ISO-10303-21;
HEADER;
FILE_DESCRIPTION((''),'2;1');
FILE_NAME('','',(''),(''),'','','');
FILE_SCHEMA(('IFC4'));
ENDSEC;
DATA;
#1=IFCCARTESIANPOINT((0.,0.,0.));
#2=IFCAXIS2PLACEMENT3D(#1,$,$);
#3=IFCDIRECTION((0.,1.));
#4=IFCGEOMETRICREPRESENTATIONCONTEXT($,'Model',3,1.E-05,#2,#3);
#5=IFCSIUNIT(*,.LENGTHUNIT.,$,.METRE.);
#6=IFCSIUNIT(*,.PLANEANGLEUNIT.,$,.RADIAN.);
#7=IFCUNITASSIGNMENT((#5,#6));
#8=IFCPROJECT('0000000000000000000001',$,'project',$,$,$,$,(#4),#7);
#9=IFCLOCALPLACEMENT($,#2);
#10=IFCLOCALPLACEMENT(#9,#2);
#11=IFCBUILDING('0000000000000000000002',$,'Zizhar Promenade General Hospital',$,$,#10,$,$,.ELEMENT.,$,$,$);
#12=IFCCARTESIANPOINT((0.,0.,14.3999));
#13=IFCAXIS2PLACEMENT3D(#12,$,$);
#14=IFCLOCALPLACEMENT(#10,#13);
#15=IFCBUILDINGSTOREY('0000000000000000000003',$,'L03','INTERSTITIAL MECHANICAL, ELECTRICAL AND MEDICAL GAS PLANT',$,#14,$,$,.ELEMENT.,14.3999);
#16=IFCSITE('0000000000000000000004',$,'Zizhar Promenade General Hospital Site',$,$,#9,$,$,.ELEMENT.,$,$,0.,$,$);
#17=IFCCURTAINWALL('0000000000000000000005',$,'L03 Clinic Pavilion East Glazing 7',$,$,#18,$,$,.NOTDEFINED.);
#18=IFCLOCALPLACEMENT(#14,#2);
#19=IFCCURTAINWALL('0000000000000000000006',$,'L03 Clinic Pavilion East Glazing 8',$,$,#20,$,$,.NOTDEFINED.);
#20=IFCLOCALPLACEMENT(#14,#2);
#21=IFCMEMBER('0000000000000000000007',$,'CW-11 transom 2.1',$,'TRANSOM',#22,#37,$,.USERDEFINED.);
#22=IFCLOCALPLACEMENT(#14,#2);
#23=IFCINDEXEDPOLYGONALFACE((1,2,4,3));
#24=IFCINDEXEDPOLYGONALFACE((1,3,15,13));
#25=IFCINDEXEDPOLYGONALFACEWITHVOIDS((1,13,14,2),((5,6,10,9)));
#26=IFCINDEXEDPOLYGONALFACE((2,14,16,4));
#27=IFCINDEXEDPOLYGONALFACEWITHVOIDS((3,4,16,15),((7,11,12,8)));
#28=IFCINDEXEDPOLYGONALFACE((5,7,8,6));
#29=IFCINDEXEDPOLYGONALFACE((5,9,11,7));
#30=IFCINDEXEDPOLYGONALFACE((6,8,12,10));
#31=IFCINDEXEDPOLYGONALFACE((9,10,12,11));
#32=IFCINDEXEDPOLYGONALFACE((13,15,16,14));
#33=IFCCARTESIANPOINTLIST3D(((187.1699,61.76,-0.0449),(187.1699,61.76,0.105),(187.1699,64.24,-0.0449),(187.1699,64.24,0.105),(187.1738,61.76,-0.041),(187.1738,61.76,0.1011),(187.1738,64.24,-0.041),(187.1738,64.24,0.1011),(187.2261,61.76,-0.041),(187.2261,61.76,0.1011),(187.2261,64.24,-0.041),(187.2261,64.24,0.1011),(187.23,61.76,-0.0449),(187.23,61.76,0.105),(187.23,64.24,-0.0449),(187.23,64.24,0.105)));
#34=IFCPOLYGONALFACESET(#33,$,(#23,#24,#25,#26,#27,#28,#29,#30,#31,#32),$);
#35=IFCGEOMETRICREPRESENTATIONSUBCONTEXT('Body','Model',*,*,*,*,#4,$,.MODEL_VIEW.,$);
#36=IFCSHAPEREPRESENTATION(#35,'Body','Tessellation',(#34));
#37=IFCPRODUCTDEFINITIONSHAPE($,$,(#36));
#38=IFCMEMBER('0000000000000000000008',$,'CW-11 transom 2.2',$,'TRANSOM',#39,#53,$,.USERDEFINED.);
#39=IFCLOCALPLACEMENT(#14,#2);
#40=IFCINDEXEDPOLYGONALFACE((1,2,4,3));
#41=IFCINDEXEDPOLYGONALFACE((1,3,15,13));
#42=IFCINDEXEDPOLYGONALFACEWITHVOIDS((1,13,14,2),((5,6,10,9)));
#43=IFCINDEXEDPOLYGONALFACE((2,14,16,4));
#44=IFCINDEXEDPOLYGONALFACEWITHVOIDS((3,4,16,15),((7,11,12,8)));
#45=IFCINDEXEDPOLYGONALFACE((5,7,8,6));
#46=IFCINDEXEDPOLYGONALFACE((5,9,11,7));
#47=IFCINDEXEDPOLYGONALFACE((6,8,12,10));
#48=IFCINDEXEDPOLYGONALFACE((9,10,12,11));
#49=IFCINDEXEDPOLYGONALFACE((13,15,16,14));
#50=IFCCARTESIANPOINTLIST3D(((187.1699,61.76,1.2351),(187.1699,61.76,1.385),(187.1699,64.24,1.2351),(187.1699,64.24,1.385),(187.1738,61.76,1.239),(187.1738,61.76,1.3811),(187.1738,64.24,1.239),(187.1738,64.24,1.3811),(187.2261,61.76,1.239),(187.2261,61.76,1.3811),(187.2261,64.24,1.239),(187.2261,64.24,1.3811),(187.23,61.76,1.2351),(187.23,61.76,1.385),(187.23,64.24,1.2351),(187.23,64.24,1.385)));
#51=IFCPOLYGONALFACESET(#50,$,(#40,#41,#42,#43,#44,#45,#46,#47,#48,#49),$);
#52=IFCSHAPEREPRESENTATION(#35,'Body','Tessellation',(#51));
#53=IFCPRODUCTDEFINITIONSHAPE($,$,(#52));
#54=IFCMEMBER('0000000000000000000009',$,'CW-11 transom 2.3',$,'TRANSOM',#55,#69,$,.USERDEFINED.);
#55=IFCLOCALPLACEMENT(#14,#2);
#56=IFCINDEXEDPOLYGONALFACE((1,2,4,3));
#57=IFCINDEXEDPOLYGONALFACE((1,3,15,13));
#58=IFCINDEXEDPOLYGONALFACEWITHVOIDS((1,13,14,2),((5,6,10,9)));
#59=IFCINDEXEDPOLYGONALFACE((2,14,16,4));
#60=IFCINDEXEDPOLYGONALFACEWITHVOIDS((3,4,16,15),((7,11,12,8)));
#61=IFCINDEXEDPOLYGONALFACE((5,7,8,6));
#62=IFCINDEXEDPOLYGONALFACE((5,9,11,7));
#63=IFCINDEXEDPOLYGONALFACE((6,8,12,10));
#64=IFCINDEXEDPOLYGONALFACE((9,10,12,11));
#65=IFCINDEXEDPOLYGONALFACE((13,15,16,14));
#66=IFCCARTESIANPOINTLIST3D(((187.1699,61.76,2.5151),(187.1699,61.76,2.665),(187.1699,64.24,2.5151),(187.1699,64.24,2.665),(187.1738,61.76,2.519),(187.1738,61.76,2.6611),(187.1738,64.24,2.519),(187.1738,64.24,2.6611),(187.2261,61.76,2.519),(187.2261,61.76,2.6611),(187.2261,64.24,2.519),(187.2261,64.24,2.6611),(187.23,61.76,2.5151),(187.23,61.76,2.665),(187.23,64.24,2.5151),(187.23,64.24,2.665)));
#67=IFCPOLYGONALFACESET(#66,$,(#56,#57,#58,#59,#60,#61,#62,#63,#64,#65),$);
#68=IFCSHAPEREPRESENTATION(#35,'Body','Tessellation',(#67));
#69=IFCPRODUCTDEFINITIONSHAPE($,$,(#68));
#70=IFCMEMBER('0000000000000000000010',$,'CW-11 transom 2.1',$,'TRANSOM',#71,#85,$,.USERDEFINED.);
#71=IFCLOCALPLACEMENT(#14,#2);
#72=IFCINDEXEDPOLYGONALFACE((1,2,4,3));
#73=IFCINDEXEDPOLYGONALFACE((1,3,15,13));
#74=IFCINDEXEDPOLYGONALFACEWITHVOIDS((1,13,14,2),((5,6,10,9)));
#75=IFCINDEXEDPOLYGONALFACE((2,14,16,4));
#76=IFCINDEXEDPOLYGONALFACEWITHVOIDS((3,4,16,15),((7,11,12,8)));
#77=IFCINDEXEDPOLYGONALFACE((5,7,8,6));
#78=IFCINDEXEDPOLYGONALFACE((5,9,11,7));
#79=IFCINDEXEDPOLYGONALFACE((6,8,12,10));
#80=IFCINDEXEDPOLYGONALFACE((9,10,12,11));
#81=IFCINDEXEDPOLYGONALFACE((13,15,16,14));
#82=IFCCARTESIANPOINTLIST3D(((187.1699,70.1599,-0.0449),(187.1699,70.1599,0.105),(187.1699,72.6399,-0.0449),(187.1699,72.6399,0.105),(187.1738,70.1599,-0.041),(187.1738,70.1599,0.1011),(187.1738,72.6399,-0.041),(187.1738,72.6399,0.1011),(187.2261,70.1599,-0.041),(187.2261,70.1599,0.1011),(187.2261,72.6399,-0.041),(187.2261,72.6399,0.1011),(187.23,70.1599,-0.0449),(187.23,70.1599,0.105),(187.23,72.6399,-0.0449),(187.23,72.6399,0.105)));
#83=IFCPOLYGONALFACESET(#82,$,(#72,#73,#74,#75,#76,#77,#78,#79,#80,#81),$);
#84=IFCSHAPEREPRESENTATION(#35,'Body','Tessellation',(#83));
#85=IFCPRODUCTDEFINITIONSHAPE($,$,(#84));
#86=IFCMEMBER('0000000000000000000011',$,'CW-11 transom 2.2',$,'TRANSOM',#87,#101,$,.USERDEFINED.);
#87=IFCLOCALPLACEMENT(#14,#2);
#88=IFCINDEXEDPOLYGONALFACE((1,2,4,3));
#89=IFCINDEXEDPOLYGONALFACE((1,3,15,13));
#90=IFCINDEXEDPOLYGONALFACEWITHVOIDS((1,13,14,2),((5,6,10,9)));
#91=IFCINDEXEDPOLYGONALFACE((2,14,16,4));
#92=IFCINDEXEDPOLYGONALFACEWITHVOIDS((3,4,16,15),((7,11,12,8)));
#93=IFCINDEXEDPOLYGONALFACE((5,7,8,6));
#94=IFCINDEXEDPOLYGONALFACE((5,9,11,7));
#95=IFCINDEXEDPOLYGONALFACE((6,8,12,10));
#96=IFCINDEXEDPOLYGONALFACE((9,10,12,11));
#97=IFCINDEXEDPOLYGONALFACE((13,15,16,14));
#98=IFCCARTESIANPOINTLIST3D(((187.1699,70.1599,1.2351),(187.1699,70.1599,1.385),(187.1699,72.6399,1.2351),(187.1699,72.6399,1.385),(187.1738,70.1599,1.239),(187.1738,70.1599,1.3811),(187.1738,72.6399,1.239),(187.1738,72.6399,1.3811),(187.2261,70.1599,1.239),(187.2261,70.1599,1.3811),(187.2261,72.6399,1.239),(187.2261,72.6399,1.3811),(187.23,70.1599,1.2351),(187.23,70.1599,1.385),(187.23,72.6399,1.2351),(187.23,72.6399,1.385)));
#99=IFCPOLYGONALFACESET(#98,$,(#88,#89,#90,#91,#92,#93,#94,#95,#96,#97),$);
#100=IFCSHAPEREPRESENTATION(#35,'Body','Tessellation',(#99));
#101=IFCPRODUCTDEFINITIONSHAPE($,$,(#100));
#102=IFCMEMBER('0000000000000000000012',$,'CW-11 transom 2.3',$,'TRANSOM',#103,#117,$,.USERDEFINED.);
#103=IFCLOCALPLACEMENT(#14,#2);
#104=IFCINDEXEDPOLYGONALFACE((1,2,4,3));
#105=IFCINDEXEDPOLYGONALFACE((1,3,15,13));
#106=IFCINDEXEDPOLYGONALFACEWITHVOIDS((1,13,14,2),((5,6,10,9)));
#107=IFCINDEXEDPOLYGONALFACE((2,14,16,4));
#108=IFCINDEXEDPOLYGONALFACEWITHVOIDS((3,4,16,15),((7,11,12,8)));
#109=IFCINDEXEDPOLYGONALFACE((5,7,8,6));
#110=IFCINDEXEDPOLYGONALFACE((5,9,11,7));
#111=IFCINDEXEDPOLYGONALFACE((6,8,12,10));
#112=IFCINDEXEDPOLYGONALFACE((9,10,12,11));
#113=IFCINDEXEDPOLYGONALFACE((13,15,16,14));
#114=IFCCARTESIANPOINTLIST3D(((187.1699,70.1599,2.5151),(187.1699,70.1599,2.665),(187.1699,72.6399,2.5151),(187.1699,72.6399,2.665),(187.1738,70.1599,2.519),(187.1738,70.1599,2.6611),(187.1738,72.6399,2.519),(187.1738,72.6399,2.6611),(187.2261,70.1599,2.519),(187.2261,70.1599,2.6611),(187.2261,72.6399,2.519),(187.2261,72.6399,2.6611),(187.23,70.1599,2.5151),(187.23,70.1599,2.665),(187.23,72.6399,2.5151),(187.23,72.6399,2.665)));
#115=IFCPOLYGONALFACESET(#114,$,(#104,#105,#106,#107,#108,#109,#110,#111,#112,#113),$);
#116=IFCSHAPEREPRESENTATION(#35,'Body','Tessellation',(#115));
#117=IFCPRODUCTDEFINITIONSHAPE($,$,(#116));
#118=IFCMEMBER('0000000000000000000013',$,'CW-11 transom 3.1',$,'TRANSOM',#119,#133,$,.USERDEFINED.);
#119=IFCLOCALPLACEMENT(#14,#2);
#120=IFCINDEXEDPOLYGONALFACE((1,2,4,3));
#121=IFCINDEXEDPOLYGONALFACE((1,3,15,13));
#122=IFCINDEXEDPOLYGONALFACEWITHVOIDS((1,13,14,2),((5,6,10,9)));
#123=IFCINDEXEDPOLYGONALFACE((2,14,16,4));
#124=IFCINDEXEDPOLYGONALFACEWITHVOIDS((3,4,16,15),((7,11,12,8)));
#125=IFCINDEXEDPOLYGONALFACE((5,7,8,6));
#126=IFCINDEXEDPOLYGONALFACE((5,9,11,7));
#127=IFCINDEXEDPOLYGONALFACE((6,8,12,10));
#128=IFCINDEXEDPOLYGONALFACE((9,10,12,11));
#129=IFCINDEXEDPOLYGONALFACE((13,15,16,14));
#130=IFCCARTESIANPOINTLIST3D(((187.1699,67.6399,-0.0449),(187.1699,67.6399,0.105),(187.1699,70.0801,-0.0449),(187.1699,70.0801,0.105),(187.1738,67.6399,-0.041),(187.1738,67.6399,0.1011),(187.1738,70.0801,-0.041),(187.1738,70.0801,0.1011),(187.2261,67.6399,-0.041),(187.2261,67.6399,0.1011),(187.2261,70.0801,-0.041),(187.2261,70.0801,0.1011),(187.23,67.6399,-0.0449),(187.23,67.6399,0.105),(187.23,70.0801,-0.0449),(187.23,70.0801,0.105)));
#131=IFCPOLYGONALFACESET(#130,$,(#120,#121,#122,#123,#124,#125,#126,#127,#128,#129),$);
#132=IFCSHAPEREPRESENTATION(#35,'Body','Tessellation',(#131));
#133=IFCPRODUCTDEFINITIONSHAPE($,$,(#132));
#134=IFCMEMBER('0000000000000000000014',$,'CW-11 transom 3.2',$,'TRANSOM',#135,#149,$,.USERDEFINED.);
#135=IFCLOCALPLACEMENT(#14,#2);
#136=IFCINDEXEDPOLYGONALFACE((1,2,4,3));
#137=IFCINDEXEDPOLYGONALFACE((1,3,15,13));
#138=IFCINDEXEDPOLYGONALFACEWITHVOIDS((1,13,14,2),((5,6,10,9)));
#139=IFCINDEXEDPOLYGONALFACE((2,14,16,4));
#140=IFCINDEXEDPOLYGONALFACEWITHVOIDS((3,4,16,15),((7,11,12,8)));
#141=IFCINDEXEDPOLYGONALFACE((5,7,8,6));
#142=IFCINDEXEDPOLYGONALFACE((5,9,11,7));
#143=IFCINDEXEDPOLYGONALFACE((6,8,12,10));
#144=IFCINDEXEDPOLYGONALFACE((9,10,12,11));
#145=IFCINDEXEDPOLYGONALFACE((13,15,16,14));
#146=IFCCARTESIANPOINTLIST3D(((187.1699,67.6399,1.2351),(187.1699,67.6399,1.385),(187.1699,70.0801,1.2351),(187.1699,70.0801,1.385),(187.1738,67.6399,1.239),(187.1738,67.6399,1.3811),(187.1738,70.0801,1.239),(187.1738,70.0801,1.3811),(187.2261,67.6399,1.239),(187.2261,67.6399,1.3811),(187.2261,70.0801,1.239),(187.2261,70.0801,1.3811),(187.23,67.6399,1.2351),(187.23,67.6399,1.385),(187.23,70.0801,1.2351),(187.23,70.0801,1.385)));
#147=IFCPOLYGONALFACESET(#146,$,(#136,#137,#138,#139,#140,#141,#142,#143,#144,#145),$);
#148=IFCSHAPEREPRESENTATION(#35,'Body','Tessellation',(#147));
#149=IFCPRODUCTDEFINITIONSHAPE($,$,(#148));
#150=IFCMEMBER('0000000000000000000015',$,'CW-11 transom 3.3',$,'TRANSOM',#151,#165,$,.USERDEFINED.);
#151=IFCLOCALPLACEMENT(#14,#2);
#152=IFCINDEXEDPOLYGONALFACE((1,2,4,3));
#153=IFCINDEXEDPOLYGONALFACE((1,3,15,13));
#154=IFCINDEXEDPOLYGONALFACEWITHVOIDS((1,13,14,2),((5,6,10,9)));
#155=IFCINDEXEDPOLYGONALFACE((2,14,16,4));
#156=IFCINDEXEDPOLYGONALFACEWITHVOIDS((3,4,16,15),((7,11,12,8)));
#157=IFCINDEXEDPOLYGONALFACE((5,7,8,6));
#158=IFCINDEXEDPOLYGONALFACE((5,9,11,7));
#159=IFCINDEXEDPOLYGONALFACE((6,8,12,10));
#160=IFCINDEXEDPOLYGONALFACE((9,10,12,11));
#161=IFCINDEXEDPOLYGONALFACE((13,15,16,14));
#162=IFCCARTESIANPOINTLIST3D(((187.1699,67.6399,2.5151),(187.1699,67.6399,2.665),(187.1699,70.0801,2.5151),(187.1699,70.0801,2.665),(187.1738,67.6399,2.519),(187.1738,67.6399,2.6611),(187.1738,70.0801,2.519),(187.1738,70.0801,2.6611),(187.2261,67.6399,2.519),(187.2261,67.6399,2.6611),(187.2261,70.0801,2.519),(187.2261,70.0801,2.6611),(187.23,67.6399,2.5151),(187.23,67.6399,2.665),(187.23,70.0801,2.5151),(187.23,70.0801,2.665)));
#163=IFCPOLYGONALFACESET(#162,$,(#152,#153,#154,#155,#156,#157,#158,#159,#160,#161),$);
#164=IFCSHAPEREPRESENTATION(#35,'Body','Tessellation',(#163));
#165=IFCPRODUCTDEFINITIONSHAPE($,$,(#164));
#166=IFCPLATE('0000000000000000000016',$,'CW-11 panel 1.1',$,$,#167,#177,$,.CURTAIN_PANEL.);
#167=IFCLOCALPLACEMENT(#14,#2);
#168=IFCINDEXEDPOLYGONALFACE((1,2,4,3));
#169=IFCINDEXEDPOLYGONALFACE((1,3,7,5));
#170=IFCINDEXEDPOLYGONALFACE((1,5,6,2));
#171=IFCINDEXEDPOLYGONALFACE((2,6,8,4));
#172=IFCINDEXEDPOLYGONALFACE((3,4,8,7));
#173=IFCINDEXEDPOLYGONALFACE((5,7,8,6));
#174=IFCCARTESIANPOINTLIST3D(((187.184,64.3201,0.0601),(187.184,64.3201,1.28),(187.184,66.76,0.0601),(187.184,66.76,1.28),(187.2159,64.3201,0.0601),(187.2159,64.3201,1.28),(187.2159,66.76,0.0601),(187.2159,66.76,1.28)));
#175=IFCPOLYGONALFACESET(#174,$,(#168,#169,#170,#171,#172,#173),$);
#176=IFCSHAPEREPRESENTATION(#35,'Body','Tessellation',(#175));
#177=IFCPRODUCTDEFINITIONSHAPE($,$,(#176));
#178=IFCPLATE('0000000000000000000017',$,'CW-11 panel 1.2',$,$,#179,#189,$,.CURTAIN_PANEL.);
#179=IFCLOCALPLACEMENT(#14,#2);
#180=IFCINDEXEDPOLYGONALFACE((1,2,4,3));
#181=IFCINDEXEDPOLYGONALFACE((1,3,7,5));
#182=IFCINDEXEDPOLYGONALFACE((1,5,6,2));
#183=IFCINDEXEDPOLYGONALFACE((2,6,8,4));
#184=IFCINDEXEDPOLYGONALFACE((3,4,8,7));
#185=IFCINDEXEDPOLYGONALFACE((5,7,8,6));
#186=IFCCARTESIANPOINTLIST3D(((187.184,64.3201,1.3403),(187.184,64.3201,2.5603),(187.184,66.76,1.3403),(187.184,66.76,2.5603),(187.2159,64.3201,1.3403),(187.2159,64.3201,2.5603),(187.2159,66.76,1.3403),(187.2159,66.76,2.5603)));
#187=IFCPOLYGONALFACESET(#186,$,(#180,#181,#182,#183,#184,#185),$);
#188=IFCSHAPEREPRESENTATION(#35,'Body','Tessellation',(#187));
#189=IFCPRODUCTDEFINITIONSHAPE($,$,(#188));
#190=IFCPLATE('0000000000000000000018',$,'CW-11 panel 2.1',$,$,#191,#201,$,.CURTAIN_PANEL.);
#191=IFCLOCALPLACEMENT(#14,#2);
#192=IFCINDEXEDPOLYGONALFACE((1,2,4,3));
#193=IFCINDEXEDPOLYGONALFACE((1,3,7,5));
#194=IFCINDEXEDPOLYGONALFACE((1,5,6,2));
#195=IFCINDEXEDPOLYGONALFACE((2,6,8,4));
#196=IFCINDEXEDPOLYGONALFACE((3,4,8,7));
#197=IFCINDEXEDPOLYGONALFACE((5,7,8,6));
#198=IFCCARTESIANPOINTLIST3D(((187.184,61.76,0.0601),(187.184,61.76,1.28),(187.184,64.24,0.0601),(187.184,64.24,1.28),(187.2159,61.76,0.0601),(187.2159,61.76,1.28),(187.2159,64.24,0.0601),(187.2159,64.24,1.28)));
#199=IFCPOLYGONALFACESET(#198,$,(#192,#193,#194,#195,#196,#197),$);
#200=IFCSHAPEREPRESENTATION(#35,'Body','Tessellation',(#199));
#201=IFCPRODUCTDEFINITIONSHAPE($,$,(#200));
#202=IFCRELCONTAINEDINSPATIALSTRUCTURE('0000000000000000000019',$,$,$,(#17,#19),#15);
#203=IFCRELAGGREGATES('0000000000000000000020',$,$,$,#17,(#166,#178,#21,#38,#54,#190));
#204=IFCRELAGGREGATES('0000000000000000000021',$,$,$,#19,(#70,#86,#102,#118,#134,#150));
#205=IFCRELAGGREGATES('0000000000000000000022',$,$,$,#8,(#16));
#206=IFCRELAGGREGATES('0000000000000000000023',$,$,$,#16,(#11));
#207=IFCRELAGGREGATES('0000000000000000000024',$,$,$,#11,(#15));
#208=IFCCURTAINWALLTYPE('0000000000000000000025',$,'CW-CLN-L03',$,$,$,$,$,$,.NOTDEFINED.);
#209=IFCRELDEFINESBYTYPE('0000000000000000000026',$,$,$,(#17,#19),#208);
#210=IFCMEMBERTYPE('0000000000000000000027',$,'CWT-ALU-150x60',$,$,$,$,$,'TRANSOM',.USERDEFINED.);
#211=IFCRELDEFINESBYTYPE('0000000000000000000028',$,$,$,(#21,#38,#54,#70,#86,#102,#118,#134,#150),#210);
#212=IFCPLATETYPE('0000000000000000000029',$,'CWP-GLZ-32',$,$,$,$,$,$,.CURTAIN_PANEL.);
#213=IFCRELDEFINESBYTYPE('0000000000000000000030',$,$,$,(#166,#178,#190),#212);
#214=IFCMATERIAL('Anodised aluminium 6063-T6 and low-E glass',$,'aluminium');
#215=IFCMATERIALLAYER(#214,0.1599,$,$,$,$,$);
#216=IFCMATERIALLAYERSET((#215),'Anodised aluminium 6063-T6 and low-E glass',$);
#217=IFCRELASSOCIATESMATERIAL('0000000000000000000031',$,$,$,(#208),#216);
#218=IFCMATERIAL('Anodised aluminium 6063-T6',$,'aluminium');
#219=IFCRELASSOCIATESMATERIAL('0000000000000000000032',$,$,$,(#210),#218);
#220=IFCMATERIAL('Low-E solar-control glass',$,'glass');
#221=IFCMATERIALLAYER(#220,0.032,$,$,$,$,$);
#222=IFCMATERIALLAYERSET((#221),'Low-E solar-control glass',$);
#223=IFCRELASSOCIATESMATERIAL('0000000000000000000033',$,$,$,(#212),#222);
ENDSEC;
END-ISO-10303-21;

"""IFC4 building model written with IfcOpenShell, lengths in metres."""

from ifc_helpers import new_model, si_unit, direction, frame, origin, origin_2d, place, context, subcontext, project, spatial, rectangle, hollow_rectangle, extrude, material, layer, layer_set, material_profile, profile_set, type_object, element, aggregate, save


model = new_model("IFC4")

# Units and contexts
model_context = context("Model", 3, precision=1e-05, world=origin(), true_north=direction((0.0, 1.0)))
body_context = subcontext(model_context, "Body", "Model", "MODEL_VIEW")
ifc_project = project(units=[si_unit("LENGTHUNIT", "METRE"), si_unit("PLANEANGLEUNIT", "RADIAN")], contexts=[model_context])

# Site, building, storey
site_placement = place(None, origin())
site = spatial("IfcSite", under=ifc_project, at=site_placement, Name="Zizhar Promenade General Hospital Site", CompositionType="ELEMENT", RefElevation=0.0)
building_placement = place(site_placement, origin())
building = spatial("IfcBuilding", under=site, at=building_placement, Name="Zizhar Promenade General Hospital", CompositionType="ELEMENT")
storey_placement = place(building_placement, frame((0.0, 0.0, 14.3999)))
storey = spatial("IfcBuildingStorey", under=building, at=storey_placement, Name="L03", Description="INTERSTITIAL MECHANICAL, ELECTRICAL AND MEDICAL GAS PLANT", CompositionType="ELEMENT", Elevation=14.3999)

# Curtain walls
ifc_material_1 = material(Name="Anodised aluminium 6063-T6 and low-E glass", Category="aluminium")
ifc_layer_1 = layer(ifc_material_1, 0.1599)
ifc_layer_set_1 = layer_set([ifc_layer_1], Name="Anodised aluminium 6063-T6 and low-E glass")
curtain_wall_type = type_object("IfcCurtainWallType", Name="CW-CLN-L03", PredefinedType="NOTDEFINED", material=ifc_layer_set_1)
curtain_wall_1_placement = place(storey_placement, origin())
curtain_wall_1 = element("IfcCurtainWall", 1, at=curtain_wall_1_placement, inside=storey, type_object=curtain_wall_type, Name="L03 Clinic Pavilion East Glazing 7", PredefinedType="NOTDEFINED")
curtain_wall_2_placement = place(storey_placement, origin())
curtain_wall_2 = element("IfcCurtainWall", 2, at=curtain_wall_2_placement, inside=storey, type_object=curtain_wall_type, Name="L03 Clinic Pavilion East Glazing 8", PredefinedType="NOTDEFINED")

# Members
ifc_material_2 = material(Name="Anodised aluminium 6063-T6", Category="aluminium")
ifc_material_profile_1 = material_profile(ifc_material_2, hollow_rectangle(XDim=0.0601, YDim=0.1499, WallThickness=0.0039, at=origin_2d()))
ifc_profile_set_1 = profile_set([ifc_material_profile_1], Name="Anodised aluminium 6063-T6")
member_type_1 = type_object("IfcMemberType", Name="CWT-ALU-150x60", ElementType="TRANSOM", PredefinedType="USERDEFINED", material=ifc_profile_set_1)
member_1_placement = place(storey_placement, frame((187.2, 64.24, 0.03), z_axis=(0.0, -1.0, 0.0), x_axis=(1.0, 0.0, 0.0)))
member_1 = element("IfcMember", 3, at=member_1_placement, type_object=member_type_1, Name="CW-11 transom 2.1", ObjectType="TRANSOM", PredefinedType="USERDEFINED", context=body_context, shape_type="SweptSolid", body=[
    extrude(hollow_rectangle(XDim=0.0601, YDim=0.1499, WallThickness=0.0039, at=origin_2d()), origin(), (0.0, 0.0, 1.0), 2.48),
])
member_2_placement = place(storey_placement, frame((187.2, 64.24, 1.3101), z_axis=(0.0, -1.0, 0.0), x_axis=(1.0, 0.0, 0.0)))
member_2 = element("IfcMember", 4, at=member_2_placement, type_object=member_type_1, Name="CW-11 transom 2.2", ObjectType="TRANSOM", PredefinedType="USERDEFINED", context=body_context, shape_type="SweptSolid", body=[
    extrude(hollow_rectangle(XDim=0.0601, YDim=0.1499, WallThickness=0.0039, at=origin_2d()), origin(), (0.0, 0.0, 1.0), 2.48),
])
member_3_placement = place(storey_placement, frame((187.2, 64.24, 2.5901), z_axis=(0.0, -1.0, 0.0), x_axis=(1.0, 0.0, 0.0)))
member_3 = element("IfcMember", 5, at=member_3_placement, type_object=member_type_1, Name="CW-11 transom 2.3", ObjectType="TRANSOM", PredefinedType="USERDEFINED", context=body_context, shape_type="SweptSolid", body=[
    extrude(hollow_rectangle(XDim=0.0601, YDim=0.1499, WallThickness=0.0039, at=origin_2d()), origin(), (0.0, 0.0, 1.0), 2.48),
])
member_4_placement = place(storey_placement, frame((187.2, 72.6399, 0.03), z_axis=(0.0, -1.0, 0.0), x_axis=(1.0, 0.0, 0.0)))
member_4 = element("IfcMember", 6, at=member_4_placement, type_object=member_type_1, Name="CW-11 transom 2.1", ObjectType="TRANSOM", PredefinedType="USERDEFINED", context=body_context, shape_type="SweptSolid", body=[
    extrude(hollow_rectangle(XDim=0.0601, YDim=0.1499, WallThickness=0.0039, at=origin_2d()), origin(), (0.0, 0.0, 1.0), 2.48),
])
member_5_placement = place(storey_placement, frame((187.2, 72.6399, 1.3101), z_axis=(0.0, -1.0, 0.0), x_axis=(1.0, 0.0, 0.0)))
member_5 = element("IfcMember", 7, at=member_5_placement, type_object=member_type_1, Name="CW-11 transom 2.2", ObjectType="TRANSOM", PredefinedType="USERDEFINED", context=body_context, shape_type="SweptSolid", body=[
    extrude(hollow_rectangle(XDim=0.0601, YDim=0.1499, WallThickness=0.0039, at=origin_2d()), origin(), (0.0, 0.0, 1.0), 2.48),
])
member_6_placement = place(storey_placement, frame((187.2, 72.6399, 2.5901), z_axis=(0.0, -1.0, 0.0), x_axis=(1.0, 0.0, 0.0)))
member_6 = element("IfcMember", 8, at=member_6_placement, type_object=member_type_1, Name="CW-11 transom 2.3", ObjectType="TRANSOM", PredefinedType="USERDEFINED", context=body_context, shape_type="SweptSolid", body=[
    extrude(hollow_rectangle(XDim=0.0601, YDim=0.1499, WallThickness=0.0039, at=origin_2d()), origin(), (0.0, 0.0, 1.0), 2.48),
])
member_7_placement = place(storey_placement, frame((187.2, 70.0801, 0.03), z_axis=(0.0, -1.0, 0.0), x_axis=(1.0, 0.0, 0.0)))
member_7 = element("IfcMember", 9, at=member_7_placement, type_object=member_type_1, Name="CW-11 transom 3.1", ObjectType="TRANSOM", PredefinedType="USERDEFINED", context=body_context, shape_type="SweptSolid", body=[
    extrude(hollow_rectangle(XDim=0.0601, YDim=0.1499, WallThickness=0.0039, at=origin_2d()), origin(), (0.0, 0.0, 1.0), 2.4402),
])
member_8_placement = place(storey_placement, frame((187.2, 70.0801, 1.3101), z_axis=(0.0, -1.0, 0.0), x_axis=(1.0, 0.0, 0.0)))
member_8 = element("IfcMember", 10, at=member_8_placement, type_object=member_type_1, Name="CW-11 transom 3.2", ObjectType="TRANSOM", PredefinedType="USERDEFINED", context=body_context, shape_type="SweptSolid", body=[
    extrude(hollow_rectangle(XDim=0.0601, YDim=0.1499, WallThickness=0.0039, at=origin_2d()), origin(), (0.0, 0.0, 1.0), 2.4402),
])
member_9_placement = place(storey_placement, frame((187.2, 70.0801, 2.5901), z_axis=(0.0, -1.0, 0.0), x_axis=(1.0, 0.0, 0.0)))
member_9 = element("IfcMember", 11, at=member_9_placement, type_object=member_type_1, Name="CW-11 transom 3.3", ObjectType="TRANSOM", PredefinedType="USERDEFINED", context=body_context, shape_type="SweptSolid", body=[
    extrude(hollow_rectangle(XDim=0.0601, YDim=0.1499, WallThickness=0.0039, at=origin_2d()), origin(), (0.0, 0.0, 1.0), 2.4402),
])

# Plates
ifc_material_3 = material(Name="Low-E solar-control glass", Category="glass")
ifc_layer_2 = layer(ifc_material_3, 0.032)
ifc_layer_set_2 = layer_set([ifc_layer_2], Name="Low-E solar-control glass")
plate_type = type_object("IfcPlateType", Name="CWP-GLZ-32", PredefinedType="CURTAIN_PANEL", material=ifc_layer_set_2)
plate_1_placement = place(storey_placement, frame((187.2, 65.54, 0.0601), z_axis=(0.0, 0.0, 1.0), x_axis=(0.0, -1.0, 0.0)))
plate_1 = element("IfcPlate", 12, at=plate_1_placement, type_object=plate_type, Name="CW-11 panel 1.1", PredefinedType="CURTAIN_PANEL", context=body_context, shape_type="SweptSolid", body=[
    extrude(rectangle(XDim=2.4399, YDim=0.032, at=origin_2d()), origin(), (0.0, 0.0, 1.0), 1.22),
])
plate_2_placement = place(storey_placement, frame((187.2, 65.54, 1.3403), z_axis=(0.0, 0.0, 1.0), x_axis=(0.0, -1.0, 0.0)))
plate_2 = element("IfcPlate", 13, at=plate_2_placement, type_object=plate_type, Name="CW-11 panel 1.2", PredefinedType="CURTAIN_PANEL", context=body_context, shape_type="SweptSolid", body=[
    extrude(rectangle(XDim=2.4399, YDim=0.032, at=origin_2d()), origin(), (0.0, 0.0, 1.0), 1.22),
])
plate_3_placement = place(storey_placement, frame((187.2, 63.0, 0.0601), z_axis=(0.0, 0.0, 1.0), x_axis=(0.0, -1.0, 0.0)))
plate_3 = element("IfcPlate", 14, at=plate_3_placement, type_object=plate_type, Name="CW-11 panel 2.1", PredefinedType="CURTAIN_PANEL", context=body_context, shape_type="SweptSolid", body=[
    extrude(rectangle(XDim=2.48, YDim=0.032, at=origin_2d()), origin(), (0.0, 0.0, 1.0), 1.22),
])
aggregate(curtain_wall_1, [plate_1, plate_2, member_1, member_2, member_3, plate_3])
aggregate(curtain_wall_2, [member_4, member_5, member_6, member_7, member_8, member_9])

save(model, "model.ifc")
